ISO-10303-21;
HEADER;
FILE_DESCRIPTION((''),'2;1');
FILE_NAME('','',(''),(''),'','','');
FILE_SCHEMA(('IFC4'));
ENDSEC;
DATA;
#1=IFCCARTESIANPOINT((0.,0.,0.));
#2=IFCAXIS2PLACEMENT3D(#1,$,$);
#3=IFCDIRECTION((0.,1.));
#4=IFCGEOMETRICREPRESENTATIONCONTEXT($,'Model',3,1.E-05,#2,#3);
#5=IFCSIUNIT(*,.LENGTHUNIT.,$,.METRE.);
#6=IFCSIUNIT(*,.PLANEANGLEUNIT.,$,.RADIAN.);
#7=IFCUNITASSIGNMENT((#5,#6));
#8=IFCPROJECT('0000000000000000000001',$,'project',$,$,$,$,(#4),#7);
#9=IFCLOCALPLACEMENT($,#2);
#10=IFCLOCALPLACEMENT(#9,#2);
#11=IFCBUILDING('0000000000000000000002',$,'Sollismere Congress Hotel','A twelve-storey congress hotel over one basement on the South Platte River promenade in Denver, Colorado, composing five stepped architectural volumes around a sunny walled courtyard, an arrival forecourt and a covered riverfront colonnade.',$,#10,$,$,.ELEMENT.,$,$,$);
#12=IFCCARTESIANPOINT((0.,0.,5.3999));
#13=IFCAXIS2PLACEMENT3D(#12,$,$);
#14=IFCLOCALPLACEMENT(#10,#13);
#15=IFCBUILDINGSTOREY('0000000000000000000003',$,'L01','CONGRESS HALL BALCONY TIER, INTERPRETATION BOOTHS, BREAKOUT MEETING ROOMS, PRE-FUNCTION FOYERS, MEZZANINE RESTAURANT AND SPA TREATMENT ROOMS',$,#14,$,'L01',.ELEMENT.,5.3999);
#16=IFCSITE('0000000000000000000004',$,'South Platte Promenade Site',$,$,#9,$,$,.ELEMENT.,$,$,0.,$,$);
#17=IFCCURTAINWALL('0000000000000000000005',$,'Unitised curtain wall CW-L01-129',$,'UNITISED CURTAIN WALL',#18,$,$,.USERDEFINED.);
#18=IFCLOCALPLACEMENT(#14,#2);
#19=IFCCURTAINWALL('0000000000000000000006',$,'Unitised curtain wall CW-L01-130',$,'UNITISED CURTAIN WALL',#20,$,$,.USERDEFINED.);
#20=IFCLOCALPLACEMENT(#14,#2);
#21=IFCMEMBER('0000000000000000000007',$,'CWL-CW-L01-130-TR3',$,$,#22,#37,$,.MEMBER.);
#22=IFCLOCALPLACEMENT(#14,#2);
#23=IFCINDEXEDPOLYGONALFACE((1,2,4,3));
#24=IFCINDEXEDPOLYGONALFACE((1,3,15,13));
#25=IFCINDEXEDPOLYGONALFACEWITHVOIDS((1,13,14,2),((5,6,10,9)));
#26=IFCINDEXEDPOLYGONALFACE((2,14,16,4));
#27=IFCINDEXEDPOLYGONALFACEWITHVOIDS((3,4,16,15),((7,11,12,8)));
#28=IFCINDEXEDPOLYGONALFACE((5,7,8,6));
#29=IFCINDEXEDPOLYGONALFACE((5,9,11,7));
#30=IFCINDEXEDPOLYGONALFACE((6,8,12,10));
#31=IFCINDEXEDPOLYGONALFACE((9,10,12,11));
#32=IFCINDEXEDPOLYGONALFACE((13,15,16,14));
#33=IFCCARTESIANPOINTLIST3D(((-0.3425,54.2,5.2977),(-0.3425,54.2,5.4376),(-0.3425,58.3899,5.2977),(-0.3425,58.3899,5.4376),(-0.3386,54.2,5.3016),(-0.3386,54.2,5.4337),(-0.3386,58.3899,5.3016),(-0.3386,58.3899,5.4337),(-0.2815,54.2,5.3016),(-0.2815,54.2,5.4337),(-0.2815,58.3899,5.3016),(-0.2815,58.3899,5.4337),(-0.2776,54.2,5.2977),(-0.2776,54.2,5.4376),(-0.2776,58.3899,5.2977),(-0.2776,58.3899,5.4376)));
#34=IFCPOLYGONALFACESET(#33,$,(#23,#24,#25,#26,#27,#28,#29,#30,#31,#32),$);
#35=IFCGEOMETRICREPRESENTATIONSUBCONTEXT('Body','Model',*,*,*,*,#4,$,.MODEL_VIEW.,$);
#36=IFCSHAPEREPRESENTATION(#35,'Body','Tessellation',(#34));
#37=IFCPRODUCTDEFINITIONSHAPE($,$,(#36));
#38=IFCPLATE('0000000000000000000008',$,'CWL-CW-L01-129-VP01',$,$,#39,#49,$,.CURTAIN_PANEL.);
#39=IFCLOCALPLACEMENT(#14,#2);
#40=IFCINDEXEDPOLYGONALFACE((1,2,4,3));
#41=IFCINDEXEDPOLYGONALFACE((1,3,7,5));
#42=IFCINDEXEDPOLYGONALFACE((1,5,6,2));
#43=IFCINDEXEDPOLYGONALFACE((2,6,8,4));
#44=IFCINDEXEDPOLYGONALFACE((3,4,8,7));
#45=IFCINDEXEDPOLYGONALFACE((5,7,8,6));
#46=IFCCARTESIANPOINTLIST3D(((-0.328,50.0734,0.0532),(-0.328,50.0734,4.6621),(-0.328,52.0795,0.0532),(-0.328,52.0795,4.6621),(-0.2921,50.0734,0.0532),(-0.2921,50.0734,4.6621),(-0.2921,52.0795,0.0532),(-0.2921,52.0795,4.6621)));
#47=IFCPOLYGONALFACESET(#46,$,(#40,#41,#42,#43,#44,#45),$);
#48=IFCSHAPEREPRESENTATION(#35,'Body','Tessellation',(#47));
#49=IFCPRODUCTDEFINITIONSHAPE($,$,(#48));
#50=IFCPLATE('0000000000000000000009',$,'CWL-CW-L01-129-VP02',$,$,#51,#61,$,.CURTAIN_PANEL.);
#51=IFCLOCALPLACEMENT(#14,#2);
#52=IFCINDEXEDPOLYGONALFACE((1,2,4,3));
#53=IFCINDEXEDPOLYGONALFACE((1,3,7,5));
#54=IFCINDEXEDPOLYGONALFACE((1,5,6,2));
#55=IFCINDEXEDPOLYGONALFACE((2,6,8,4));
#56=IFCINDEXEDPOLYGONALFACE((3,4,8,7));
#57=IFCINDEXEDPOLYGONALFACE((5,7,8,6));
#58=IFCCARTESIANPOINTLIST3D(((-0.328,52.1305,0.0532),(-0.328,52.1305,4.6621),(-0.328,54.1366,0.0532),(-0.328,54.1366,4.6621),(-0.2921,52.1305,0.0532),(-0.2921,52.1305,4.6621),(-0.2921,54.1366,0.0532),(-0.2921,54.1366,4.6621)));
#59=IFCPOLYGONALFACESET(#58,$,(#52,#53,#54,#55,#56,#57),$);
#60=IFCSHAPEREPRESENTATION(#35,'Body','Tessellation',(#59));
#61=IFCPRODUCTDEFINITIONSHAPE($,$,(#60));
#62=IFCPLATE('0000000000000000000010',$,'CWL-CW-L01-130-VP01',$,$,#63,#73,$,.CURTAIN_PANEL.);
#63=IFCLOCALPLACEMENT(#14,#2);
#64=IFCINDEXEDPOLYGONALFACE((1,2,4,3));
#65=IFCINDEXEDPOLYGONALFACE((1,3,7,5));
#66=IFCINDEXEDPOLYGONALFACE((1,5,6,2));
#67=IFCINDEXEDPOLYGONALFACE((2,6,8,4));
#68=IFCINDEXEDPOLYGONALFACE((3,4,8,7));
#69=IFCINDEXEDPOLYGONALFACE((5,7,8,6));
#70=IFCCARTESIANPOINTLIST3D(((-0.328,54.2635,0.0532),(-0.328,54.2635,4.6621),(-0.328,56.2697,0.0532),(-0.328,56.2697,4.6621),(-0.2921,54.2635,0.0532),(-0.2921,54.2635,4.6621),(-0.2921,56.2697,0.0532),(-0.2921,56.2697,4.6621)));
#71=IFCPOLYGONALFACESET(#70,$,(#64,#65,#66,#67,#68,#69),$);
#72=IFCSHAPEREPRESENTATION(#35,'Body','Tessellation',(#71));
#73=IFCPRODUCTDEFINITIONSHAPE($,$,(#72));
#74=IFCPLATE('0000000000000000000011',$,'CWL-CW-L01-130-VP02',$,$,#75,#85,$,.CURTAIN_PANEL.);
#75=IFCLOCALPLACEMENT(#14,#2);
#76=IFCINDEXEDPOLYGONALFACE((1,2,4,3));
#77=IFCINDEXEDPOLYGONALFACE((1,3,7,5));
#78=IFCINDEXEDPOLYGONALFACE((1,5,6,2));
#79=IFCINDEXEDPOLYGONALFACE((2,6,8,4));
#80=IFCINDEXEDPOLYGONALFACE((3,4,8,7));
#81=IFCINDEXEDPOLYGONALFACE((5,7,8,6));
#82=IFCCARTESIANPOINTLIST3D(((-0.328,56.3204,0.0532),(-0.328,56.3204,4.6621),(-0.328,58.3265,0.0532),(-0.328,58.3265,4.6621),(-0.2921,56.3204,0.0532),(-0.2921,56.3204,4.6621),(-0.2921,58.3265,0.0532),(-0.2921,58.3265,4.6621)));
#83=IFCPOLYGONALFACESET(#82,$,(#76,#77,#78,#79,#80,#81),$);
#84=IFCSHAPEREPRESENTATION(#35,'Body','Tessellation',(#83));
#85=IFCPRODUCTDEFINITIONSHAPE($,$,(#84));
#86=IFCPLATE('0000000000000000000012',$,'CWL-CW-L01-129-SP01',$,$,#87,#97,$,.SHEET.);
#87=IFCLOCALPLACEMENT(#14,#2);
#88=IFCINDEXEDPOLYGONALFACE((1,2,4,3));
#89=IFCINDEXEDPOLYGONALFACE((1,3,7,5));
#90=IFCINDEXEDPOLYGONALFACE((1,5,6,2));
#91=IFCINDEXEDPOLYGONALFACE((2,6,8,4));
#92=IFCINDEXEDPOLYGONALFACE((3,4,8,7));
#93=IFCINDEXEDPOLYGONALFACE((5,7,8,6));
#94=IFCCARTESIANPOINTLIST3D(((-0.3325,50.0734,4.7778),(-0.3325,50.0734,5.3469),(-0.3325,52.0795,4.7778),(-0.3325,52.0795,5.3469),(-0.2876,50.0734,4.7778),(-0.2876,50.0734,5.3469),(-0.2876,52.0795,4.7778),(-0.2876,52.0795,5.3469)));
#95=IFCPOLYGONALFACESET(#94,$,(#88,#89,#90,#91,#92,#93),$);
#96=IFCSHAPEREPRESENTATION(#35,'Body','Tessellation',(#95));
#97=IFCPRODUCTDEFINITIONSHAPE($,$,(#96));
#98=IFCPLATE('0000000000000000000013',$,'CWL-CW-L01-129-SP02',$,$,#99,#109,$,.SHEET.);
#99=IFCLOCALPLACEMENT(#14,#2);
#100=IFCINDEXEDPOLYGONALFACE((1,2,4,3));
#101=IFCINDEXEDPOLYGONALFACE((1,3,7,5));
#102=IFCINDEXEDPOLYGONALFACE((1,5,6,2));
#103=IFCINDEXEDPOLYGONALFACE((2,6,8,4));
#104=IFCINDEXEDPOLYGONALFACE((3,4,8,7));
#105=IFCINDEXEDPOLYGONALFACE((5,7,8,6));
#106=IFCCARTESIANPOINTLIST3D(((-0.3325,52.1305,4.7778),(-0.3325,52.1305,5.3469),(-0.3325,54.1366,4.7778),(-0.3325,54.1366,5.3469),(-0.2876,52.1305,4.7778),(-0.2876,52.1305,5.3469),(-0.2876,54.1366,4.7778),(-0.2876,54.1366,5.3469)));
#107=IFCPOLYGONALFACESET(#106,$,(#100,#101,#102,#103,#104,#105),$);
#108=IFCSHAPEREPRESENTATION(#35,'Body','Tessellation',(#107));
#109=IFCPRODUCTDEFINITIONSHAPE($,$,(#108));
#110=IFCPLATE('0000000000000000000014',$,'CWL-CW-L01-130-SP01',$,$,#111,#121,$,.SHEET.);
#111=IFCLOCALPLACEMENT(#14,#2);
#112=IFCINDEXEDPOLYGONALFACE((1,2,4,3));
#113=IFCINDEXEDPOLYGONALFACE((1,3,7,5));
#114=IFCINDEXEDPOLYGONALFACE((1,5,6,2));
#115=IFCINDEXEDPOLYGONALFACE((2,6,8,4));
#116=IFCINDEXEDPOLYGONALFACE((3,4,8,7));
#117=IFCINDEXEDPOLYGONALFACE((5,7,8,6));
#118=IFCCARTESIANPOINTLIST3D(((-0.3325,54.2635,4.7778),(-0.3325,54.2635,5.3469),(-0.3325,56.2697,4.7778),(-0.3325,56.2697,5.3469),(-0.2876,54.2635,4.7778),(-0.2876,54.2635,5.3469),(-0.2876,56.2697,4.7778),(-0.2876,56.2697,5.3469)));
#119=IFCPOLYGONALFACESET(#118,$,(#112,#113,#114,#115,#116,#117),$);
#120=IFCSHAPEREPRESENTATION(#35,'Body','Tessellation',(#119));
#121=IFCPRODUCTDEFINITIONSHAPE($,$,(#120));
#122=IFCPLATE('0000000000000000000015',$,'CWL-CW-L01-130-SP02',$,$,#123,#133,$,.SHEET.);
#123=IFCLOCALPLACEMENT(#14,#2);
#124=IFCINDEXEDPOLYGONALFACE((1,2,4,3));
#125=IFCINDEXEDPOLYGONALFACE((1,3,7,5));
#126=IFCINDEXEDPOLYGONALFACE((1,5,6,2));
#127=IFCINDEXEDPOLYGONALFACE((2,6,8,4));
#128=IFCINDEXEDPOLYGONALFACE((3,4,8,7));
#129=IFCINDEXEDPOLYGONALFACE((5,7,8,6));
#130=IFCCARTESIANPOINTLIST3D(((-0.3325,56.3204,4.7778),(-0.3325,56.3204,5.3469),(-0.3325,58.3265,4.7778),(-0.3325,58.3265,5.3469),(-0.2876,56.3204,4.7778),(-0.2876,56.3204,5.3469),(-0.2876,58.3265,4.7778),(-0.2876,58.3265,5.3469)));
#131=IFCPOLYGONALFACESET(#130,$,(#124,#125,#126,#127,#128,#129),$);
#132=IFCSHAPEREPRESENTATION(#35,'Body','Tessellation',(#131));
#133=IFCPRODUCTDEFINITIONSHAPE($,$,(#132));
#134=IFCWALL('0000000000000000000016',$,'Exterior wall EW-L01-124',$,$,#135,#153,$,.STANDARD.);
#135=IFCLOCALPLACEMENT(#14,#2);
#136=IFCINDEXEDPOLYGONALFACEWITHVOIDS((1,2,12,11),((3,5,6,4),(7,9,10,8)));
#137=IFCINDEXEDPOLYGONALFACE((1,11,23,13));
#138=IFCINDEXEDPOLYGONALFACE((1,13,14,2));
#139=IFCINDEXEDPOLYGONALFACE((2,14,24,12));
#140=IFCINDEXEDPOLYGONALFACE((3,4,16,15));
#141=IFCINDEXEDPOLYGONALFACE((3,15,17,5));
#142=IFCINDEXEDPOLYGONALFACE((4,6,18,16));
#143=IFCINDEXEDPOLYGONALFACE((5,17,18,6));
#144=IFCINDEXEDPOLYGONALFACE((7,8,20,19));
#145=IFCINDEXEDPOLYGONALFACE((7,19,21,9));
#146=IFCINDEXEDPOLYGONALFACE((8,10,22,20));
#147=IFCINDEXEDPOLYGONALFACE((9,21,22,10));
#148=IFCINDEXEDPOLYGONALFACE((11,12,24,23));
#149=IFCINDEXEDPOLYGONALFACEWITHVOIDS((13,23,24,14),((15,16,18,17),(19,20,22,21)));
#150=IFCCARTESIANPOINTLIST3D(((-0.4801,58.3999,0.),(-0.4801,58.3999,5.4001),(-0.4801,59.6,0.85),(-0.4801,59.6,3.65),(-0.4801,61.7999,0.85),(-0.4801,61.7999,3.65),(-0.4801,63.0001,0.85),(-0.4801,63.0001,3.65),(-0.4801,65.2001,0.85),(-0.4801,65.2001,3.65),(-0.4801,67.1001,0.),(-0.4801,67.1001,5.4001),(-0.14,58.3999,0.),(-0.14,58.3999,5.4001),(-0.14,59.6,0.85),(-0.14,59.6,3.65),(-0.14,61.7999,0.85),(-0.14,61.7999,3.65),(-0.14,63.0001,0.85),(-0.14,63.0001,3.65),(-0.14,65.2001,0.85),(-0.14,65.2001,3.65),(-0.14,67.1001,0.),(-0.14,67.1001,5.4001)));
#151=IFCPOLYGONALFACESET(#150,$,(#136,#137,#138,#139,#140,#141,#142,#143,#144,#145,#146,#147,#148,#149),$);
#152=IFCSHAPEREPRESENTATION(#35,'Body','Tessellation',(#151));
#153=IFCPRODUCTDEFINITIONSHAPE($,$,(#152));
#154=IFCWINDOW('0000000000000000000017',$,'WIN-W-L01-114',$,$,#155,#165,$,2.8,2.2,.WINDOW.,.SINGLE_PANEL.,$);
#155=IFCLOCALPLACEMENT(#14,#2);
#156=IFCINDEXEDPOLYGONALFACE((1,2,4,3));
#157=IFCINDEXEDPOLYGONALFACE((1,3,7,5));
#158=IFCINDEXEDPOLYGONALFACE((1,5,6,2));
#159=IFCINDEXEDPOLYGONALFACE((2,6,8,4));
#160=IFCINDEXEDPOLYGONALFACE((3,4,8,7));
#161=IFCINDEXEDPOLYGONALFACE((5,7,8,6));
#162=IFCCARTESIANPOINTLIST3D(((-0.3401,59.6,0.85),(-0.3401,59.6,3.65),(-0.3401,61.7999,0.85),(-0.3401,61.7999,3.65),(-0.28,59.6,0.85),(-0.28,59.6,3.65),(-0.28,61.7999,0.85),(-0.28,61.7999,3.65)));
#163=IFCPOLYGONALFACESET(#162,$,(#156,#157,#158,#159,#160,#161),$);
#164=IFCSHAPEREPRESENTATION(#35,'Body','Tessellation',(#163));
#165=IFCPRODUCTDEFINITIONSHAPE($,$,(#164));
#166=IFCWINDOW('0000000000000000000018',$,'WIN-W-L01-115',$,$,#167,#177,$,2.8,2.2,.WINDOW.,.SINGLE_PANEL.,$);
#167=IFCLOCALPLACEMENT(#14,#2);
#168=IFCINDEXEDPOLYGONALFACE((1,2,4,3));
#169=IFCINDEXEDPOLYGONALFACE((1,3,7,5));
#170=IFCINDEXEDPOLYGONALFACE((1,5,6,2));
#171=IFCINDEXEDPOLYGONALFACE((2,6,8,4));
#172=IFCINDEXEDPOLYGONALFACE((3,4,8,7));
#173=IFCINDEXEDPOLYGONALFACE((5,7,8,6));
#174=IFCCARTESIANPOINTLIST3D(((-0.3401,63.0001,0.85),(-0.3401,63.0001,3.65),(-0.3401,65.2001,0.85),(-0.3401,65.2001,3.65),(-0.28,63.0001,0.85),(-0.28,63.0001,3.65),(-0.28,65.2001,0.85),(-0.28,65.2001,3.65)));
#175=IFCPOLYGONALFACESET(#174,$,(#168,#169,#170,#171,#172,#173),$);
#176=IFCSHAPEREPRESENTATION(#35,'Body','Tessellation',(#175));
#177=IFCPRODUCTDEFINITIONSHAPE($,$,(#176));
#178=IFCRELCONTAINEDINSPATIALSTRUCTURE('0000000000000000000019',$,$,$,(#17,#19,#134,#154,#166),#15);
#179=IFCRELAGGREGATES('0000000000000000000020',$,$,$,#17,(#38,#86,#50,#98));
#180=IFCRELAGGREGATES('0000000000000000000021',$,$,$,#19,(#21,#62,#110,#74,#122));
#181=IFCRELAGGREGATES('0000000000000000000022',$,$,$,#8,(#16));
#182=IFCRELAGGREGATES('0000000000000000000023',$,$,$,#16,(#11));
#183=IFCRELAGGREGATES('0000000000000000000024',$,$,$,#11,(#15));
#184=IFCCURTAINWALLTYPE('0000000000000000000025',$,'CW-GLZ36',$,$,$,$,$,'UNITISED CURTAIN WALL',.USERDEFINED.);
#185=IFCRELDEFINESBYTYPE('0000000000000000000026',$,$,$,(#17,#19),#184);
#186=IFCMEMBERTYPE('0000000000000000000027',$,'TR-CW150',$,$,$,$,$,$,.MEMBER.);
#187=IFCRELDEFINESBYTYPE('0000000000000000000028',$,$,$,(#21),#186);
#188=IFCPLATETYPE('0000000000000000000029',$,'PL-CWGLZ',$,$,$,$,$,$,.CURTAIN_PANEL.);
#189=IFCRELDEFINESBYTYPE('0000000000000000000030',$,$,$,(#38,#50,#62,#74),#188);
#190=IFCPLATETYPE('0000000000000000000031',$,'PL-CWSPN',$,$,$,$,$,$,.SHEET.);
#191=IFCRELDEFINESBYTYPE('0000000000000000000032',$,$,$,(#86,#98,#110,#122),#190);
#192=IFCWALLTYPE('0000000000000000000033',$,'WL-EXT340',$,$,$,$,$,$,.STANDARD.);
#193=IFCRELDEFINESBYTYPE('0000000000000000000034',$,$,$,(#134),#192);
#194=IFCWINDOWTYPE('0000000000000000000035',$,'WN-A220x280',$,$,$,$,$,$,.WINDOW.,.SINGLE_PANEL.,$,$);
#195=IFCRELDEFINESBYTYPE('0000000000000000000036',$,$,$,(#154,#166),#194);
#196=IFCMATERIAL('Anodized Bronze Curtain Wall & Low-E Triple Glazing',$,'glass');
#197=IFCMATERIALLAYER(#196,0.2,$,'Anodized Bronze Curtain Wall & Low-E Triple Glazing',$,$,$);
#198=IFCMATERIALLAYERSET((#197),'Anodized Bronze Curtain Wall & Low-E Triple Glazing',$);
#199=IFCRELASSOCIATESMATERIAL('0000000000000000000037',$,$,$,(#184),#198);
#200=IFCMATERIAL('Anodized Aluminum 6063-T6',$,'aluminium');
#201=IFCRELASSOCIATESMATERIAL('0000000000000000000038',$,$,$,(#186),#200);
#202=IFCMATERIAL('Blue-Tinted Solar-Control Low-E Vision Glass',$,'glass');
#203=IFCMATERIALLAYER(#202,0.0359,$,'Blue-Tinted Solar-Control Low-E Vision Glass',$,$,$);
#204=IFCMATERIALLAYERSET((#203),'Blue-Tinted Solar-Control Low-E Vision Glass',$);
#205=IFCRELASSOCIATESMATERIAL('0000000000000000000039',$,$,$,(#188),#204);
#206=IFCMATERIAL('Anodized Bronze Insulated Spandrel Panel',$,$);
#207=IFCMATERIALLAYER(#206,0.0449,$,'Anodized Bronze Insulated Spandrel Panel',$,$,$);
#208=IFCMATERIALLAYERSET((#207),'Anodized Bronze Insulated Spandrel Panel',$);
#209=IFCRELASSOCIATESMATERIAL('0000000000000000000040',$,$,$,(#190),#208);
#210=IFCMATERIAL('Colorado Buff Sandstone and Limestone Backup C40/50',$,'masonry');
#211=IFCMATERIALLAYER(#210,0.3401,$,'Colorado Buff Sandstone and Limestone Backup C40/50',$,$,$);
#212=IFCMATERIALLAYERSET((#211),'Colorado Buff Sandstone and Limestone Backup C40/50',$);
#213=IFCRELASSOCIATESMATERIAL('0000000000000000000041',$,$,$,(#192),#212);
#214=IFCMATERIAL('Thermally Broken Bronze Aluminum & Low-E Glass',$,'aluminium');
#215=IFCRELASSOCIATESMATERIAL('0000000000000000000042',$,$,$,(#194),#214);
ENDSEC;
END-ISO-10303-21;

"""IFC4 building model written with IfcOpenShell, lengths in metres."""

from ifc_helpers import new_model, si_unit, direction, frame, frame_2d, origin, origin_2d, place, context, subcontext, project, spatial, rectangle, hollow_rectangle, extrude, material, layer, layer_set, material_profile, profile_set, type_object, element, fill, aggregate, save


model = new_model("IFC4")

# Units and contexts
model_context = context("Model", 3, precision=1e-05, world=origin(), true_north=direction((0.0, 1.0)))
body_context = subcontext(model_context, "Body", "Model", "MODEL_VIEW")
ifc_project = project(units=[si_unit("LENGTHUNIT", "METRE"), si_unit("PLANEANGLEUNIT", "RADIAN")], contexts=[model_context])

# Site, building, storey
site_placement = place(None, origin())
site = spatial("IfcSite", under=ifc_project, at=site_placement, Name="South Platte Promenade Site", CompositionType="ELEMENT", RefElevation=0.0)
building_placement = place(site_placement, origin())
building = spatial("IfcBuilding", under=site, at=building_placement, Name="Sollismere Congress Hotel", Description="A twelve-storey congress hotel over one basement on the South Platte River promenade in Denver, Colorado, composing five stepped architectural volumes around a sunny walled courtyard, an arrival forecourt and a covered riverfront colonnade.", CompositionType="ELEMENT")
storey_placement = place(building_placement, frame((0.0, 0.0, 5.3999)))
storey = spatial("IfcBuildingStorey", under=building, at=storey_placement, Name="L01", Description="CONGRESS HALL BALCONY TIER, INTERPRETATION BOOTHS, BREAKOUT MEETING ROOMS, PRE-FUNCTION FOYERS, MEZZANINE RESTAURANT AND SPA TREATMENT ROOMS", LongName="L01", CompositionType="ELEMENT", Elevation=5.3999)

# Curtain walls, member
ifc_material_1 = material(Name="Anodized Bronze Curtain Wall & Low-E Triple Glazing", Category="glass")
ifc_layer_1 = layer(ifc_material_1, 0.2, Name="Anodized Bronze Curtain Wall & Low-E Triple Glazing")
ifc_layer_set_1 = layer_set([ifc_layer_1], Name="Anodized Bronze Curtain Wall & Low-E Triple Glazing")
curtain_wall_type = type_object("IfcCurtainWallType", Name="CW-GLZ36", ElementType="UNITISED CURTAIN WALL", PredefinedType="USERDEFINED", material=ifc_layer_set_1)
curtain_wall_1_placement = place(storey_placement, origin())
curtain_wall_1 = element("IfcCurtainWall", 1, at=curtain_wall_1_placement, inside=storey, type_object=curtain_wall_type, Name="Unitised curtain wall CW-L01-129", ObjectType="UNITISED CURTAIN WALL", PredefinedType="USERDEFINED")
ifc_material_2 = material(Name="Anodized Aluminum 6063-T6", Category="aluminium")
curtain_wall_2_placement = place(storey_placement, origin())
curtain_wall_2 = element("IfcCurtainWall", 2, at=curtain_wall_2_placement, inside=storey, type_object=curtain_wall_type, Name="Unitised curtain wall CW-L01-130", ObjectType="UNITISED CURTAIN WALL", PredefinedType="USERDEFINED")
ifc_material_profile_1 = material_profile(ifc_material_2, hollow_rectangle(XDim=0.0649, YDim=0.1399, WallThickness=0.0039, at=origin_2d()), Name="ALU140X65X4")
ifc_profile_set_1 = profile_set([ifc_material_profile_1], Name="Anodized Aluminum 6063-T6")
member_type_1 = type_object("IfcMemberType", Name="TR-CW150", PredefinedType="MEMBER", material=ifc_profile_set_1)
member_1_placement = place(storey_placement, frame((-0.3101, 54.2, 5.3677), z_axis=(0.0, 1.0, 0.0), x_axis=(-1.0, 0.0, 0.0)))
member_1 = element("IfcMember", 3, at=member_1_placement, type_object=member_type_1, Name="CWL-CW-L01-130-TR3", PredefinedType="MEMBER", context=body_context, shape_type="SweptSolid", body=[
    extrude(hollow_rectangle(XDim=0.0649, YDim=0.1399, WallThickness=0.0039, at=origin_2d()), origin(), (0.0, 0.0, 1.0), 4.1899),
])

# Plates
ifc_material_3 = material(Name="Blue-Tinted Solar-Control Low-E Vision Glass", Category="glass")
ifc_layer_2 = layer(ifc_material_3, 0.0359, Name="Blue-Tinted Solar-Control Low-E Vision Glass")
ifc_layer_set_2 = layer_set([ifc_layer_2], Name="Blue-Tinted Solar-Control Low-E Vision Glass")
plate_type_1 = type_object("IfcPlateType", Name="PL-CWGLZ", PredefinedType="CURTAIN_PANEL", material=ifc_layer_set_2)
plate_1_placement = place(storey_placement, frame((-0.3101, 51.0764, 0.0532), z_axis=(0.0, 0.0, 1.0), x_axis=(0.0, 1.0, 0.0)))
plate_1 = element("IfcPlate", 4, at=plate_1_placement, type_object=plate_type_1, Name="CWL-CW-L01-129-VP01", PredefinedType="CURTAIN_PANEL", context=body_context, shape_type="SweptSolid", body=[
    extrude(rectangle(XDim=2.0061, YDim=0.0359, at=origin_2d()), origin(), (0.0, 0.0, 1.0), 4.6089),
])
plate_2_placement = place(storey_placement, frame((-0.3101, 53.1335, 0.0532), z_axis=(0.0, 0.0, 1.0), x_axis=(0.0, 1.0, 0.0)))
plate_2 = element("IfcPlate", 5, at=plate_2_placement, type_object=plate_type_1, Name="CWL-CW-L01-129-VP02", PredefinedType="CURTAIN_PANEL", context=body_context, shape_type="SweptSolid", body=[
    extrude(rectangle(XDim=2.0061, YDim=0.0359, at=origin_2d()), origin(), (0.0, 0.0, 1.0), 4.6089),
])
plate_3_placement = place(storey_placement, frame((-0.3101, 55.2666, 0.0532), z_axis=(0.0, 0.0, 1.0), x_axis=(0.0, 1.0, 0.0)))
plate_3 = element("IfcPlate", 6, at=plate_3_placement, type_object=plate_type_1, Name="CWL-CW-L01-130-VP01", PredefinedType="CURTAIN_PANEL", context=body_context, shape_type="SweptSolid", body=[
    extrude(rectangle(XDim=2.0061, YDim=0.0359, at=origin_2d()), origin(), (0.0, 0.0, 1.0), 4.6089),
])
plate_4_placement = place(storey_placement, frame((-0.3101, 57.3235, 0.0532), z_axis=(0.0, 0.0, 1.0), x_axis=(0.0, 1.0, 0.0)))
plate_4 = element("IfcPlate", 7, at=plate_4_placement, type_object=plate_type_1, Name="CWL-CW-L01-130-VP02", PredefinedType="CURTAIN_PANEL", context=body_context, shape_type="SweptSolid", body=[
    extrude(rectangle(XDim=2.0061, YDim=0.0359, at=origin_2d()), origin(), (0.0, 0.0, 1.0), 4.6089),
])
ifc_material_4 = material(Name="Anodized Bronze Insulated Spandrel Panel")
ifc_layer_3 = layer(ifc_material_4, 0.0449, Name="Anodized Bronze Insulated Spandrel Panel")
ifc_layer_set_3 = layer_set([ifc_layer_3], Name="Anodized Bronze Insulated Spandrel Panel")
plate_type_2 = type_object("IfcPlateType", Name="PL-CWSPN", PredefinedType="SHEET", material=ifc_layer_set_3)
plate_5_placement = place(storey_placement, frame((-0.3101, 51.0764, 4.7778), z_axis=(0.0, 0.0, 1.0), x_axis=(0.0, 1.0, 0.0)))
plate_5 = element("IfcPlate", 8, at=plate_5_placement, type_object=plate_type_2, Name="CWL-CW-L01-129-SP01", PredefinedType="SHEET", context=body_context, shape_type="SweptSolid", body=[
    extrude(rectangle(XDim=2.0061, YDim=0.0449, at=origin_2d()), origin(), (0.0, 0.0, 1.0), 0.5691),
])
plate_6_placement = place(storey_placement, frame((-0.3101, 53.1335, 4.7778), z_axis=(0.0, 0.0, 1.0), x_axis=(0.0, 1.0, 0.0)))
plate_6 = element("IfcPlate", 9, at=plate_6_placement, type_object=plate_type_2, Name="CWL-CW-L01-129-SP02", PredefinedType="SHEET", context=body_context, shape_type="SweptSolid", body=[
    extrude(rectangle(XDim=2.0061, YDim=0.0449, at=origin_2d()), origin(), (0.0, 0.0, 1.0), 0.5691),
])
aggregate(curtain_wall_1, [plate_1, plate_5, plate_2, plate_6])
plate_7_placement = place(storey_placement, frame((-0.3101, 55.2666, 4.7778), z_axis=(0.0, 0.0, 1.0), x_axis=(0.0, 1.0, 0.0)))
plate_7 = element("IfcPlate", 10, at=plate_7_placement, type_object=plate_type_2, Name="CWL-CW-L01-130-SP01", PredefinedType="SHEET", context=body_context, shape_type="SweptSolid", body=[
    extrude(rectangle(XDim=2.0061, YDim=0.0449, at=origin_2d()), origin(), (0.0, 0.0, 1.0), 0.5691),
])
plate_8_placement = place(storey_placement, frame((-0.3101, 57.3235, 4.7778), z_axis=(0.0, 0.0, 1.0), x_axis=(0.0, 1.0, 0.0)))
plate_8 = element("IfcPlate", 11, at=plate_8_placement, type_object=plate_type_2, Name="CWL-CW-L01-130-SP02", PredefinedType="SHEET", context=body_context, shape_type="SweptSolid", body=[
    extrude(rectangle(XDim=2.0061, YDim=0.0449, at=origin_2d()), origin(), (0.0, 0.0, 1.0), 0.5691),
])
aggregate(curtain_wall_2, [member_1, plate_3, plate_7, plate_4, plate_8])

# Wall, openings, windows
ifc_material_5 = material(Name="Colorado Buff Sandstone and Limestone Backup C40/50", Category="masonry")
ifc_layer_4 = layer(ifc_material_5, 0.3401, Name="Colorado Buff Sandstone and Limestone Backup C40/50")
ifc_layer_set_4 = layer_set([ifc_layer_4], Name="Colorado Buff Sandstone and Limestone Backup C40/50")
wall_type_1 = type_object("IfcWallType", Name="WL-EXT340", PredefinedType="STANDARD", material=ifc_layer_set_4)
wall_1_placement = place(storey_placement, frame((-0.3101, 58.3999, 0.0), z_axis=(0.0, 0.0, 1.0), x_axis=(0.0, 1.0, 0.0)))
wall_1 = element("IfcWall", 12, at=wall_1_placement, inside=storey, type_object=wall_type_1, Name="Exterior wall EW-L01-124", PredefinedType="STANDARD", context=body_context, shape_type="SweptSolid", body=[
    extrude(rectangle(XDim=8.7002, YDim=0.3401, at=frame_2d((4.3501, 0.0))), origin(), (0.0, 0.0, 1.0), 5.4001),
])
opening_1_placement = place(wall_1_placement, frame((1.2, 0.0, 0.8501)))
opening_1 = element("IfcOpeningElement", 13, at=opening_1_placement, cuts=wall_1, PredefinedType="OPENING", context=body_context, shape_type="SweptSolid", body=[
    extrude(rectangle(XDim=2.2, YDim=2.8, at=frame_2d((1.1001, 1.3999))), frame((0.0, 0.1799, 0.0), z_axis=(0.0, -1.0, 0.0), x_axis=(1.0, 0.0, 0.0)), (0.0, 0.0, 1.0), 0.3601),
])
opening_2_placement = place(wall_1_placement, frame((4.6001, 0.0, 0.8501)))
opening_2 = element("IfcOpeningElement", 14, at=opening_2_placement, cuts=wall_1, PredefinedType="OPENING", context=body_context, shape_type="SweptSolid", body=[
    extrude(rectangle(XDim=2.2, YDim=2.8, at=frame_2d((1.1001, 1.3999))), frame((0.0, 0.1799, 0.0), z_axis=(0.0, -1.0, 0.0), x_axis=(1.0, 0.0, 0.0)), (0.0, 0.0, 1.0), 0.3601),
])
ifc_material_6 = material(Name="Thermally Broken Bronze Aluminum & Low-E Glass", Category="aluminium")
window_type_1 = type_object("IfcWindowType", Name="WN-A220x280", PartitioningType="SINGLE_PANEL", PredefinedType="WINDOW", material=ifc_material_6)
window_1_placement = place(opening_1_placement, origin())
window_1 = element("IfcWindow", 15, at=window_1_placement, inside=storey, type_object=window_type_1, Name="WIN-W-L01-114", OverallHeight=2.8, OverallWidth=2.2, PartitioningType="SINGLE_PANEL", PredefinedType="WINDOW", context=body_context, shape_type="SweptSolid", body=[
    extrude(rectangle(XDim=2.2, YDim=2.8, at=frame_2d((1.1001, 1.3999))), frame((0.0, 0.03, 0.0), z_axis=(0.0, -1.0, 0.0), x_axis=(1.0, 0.0, 0.0)), (0.0, 0.0, 1.0), 0.0601),
])
fill(opening_1, window_1)
window_2_placement = place(opening_2_placement, origin())
window_2 = element("IfcWindow", 16, at=window_2_placement, inside=storey, type_object=window_type_1, Name="WIN-W-L01-115", OverallHeight=2.8, OverallWidth=2.2, PartitioningType="SINGLE_PANEL", PredefinedType="WINDOW", context=body_context, shape_type="SweptSolid", body=[
    extrude(rectangle(XDim=2.2, YDim=2.8, at=frame_2d((1.1001, 1.3999))), frame((0.0, 0.03, 0.0), z_axis=(0.0, -1.0, 0.0), x_axis=(1.0, 0.0, 0.0)), (0.0, 0.0, 1.0), 0.0601),
])
fill(opening_2, window_2)

save(model, "model.ifc")
